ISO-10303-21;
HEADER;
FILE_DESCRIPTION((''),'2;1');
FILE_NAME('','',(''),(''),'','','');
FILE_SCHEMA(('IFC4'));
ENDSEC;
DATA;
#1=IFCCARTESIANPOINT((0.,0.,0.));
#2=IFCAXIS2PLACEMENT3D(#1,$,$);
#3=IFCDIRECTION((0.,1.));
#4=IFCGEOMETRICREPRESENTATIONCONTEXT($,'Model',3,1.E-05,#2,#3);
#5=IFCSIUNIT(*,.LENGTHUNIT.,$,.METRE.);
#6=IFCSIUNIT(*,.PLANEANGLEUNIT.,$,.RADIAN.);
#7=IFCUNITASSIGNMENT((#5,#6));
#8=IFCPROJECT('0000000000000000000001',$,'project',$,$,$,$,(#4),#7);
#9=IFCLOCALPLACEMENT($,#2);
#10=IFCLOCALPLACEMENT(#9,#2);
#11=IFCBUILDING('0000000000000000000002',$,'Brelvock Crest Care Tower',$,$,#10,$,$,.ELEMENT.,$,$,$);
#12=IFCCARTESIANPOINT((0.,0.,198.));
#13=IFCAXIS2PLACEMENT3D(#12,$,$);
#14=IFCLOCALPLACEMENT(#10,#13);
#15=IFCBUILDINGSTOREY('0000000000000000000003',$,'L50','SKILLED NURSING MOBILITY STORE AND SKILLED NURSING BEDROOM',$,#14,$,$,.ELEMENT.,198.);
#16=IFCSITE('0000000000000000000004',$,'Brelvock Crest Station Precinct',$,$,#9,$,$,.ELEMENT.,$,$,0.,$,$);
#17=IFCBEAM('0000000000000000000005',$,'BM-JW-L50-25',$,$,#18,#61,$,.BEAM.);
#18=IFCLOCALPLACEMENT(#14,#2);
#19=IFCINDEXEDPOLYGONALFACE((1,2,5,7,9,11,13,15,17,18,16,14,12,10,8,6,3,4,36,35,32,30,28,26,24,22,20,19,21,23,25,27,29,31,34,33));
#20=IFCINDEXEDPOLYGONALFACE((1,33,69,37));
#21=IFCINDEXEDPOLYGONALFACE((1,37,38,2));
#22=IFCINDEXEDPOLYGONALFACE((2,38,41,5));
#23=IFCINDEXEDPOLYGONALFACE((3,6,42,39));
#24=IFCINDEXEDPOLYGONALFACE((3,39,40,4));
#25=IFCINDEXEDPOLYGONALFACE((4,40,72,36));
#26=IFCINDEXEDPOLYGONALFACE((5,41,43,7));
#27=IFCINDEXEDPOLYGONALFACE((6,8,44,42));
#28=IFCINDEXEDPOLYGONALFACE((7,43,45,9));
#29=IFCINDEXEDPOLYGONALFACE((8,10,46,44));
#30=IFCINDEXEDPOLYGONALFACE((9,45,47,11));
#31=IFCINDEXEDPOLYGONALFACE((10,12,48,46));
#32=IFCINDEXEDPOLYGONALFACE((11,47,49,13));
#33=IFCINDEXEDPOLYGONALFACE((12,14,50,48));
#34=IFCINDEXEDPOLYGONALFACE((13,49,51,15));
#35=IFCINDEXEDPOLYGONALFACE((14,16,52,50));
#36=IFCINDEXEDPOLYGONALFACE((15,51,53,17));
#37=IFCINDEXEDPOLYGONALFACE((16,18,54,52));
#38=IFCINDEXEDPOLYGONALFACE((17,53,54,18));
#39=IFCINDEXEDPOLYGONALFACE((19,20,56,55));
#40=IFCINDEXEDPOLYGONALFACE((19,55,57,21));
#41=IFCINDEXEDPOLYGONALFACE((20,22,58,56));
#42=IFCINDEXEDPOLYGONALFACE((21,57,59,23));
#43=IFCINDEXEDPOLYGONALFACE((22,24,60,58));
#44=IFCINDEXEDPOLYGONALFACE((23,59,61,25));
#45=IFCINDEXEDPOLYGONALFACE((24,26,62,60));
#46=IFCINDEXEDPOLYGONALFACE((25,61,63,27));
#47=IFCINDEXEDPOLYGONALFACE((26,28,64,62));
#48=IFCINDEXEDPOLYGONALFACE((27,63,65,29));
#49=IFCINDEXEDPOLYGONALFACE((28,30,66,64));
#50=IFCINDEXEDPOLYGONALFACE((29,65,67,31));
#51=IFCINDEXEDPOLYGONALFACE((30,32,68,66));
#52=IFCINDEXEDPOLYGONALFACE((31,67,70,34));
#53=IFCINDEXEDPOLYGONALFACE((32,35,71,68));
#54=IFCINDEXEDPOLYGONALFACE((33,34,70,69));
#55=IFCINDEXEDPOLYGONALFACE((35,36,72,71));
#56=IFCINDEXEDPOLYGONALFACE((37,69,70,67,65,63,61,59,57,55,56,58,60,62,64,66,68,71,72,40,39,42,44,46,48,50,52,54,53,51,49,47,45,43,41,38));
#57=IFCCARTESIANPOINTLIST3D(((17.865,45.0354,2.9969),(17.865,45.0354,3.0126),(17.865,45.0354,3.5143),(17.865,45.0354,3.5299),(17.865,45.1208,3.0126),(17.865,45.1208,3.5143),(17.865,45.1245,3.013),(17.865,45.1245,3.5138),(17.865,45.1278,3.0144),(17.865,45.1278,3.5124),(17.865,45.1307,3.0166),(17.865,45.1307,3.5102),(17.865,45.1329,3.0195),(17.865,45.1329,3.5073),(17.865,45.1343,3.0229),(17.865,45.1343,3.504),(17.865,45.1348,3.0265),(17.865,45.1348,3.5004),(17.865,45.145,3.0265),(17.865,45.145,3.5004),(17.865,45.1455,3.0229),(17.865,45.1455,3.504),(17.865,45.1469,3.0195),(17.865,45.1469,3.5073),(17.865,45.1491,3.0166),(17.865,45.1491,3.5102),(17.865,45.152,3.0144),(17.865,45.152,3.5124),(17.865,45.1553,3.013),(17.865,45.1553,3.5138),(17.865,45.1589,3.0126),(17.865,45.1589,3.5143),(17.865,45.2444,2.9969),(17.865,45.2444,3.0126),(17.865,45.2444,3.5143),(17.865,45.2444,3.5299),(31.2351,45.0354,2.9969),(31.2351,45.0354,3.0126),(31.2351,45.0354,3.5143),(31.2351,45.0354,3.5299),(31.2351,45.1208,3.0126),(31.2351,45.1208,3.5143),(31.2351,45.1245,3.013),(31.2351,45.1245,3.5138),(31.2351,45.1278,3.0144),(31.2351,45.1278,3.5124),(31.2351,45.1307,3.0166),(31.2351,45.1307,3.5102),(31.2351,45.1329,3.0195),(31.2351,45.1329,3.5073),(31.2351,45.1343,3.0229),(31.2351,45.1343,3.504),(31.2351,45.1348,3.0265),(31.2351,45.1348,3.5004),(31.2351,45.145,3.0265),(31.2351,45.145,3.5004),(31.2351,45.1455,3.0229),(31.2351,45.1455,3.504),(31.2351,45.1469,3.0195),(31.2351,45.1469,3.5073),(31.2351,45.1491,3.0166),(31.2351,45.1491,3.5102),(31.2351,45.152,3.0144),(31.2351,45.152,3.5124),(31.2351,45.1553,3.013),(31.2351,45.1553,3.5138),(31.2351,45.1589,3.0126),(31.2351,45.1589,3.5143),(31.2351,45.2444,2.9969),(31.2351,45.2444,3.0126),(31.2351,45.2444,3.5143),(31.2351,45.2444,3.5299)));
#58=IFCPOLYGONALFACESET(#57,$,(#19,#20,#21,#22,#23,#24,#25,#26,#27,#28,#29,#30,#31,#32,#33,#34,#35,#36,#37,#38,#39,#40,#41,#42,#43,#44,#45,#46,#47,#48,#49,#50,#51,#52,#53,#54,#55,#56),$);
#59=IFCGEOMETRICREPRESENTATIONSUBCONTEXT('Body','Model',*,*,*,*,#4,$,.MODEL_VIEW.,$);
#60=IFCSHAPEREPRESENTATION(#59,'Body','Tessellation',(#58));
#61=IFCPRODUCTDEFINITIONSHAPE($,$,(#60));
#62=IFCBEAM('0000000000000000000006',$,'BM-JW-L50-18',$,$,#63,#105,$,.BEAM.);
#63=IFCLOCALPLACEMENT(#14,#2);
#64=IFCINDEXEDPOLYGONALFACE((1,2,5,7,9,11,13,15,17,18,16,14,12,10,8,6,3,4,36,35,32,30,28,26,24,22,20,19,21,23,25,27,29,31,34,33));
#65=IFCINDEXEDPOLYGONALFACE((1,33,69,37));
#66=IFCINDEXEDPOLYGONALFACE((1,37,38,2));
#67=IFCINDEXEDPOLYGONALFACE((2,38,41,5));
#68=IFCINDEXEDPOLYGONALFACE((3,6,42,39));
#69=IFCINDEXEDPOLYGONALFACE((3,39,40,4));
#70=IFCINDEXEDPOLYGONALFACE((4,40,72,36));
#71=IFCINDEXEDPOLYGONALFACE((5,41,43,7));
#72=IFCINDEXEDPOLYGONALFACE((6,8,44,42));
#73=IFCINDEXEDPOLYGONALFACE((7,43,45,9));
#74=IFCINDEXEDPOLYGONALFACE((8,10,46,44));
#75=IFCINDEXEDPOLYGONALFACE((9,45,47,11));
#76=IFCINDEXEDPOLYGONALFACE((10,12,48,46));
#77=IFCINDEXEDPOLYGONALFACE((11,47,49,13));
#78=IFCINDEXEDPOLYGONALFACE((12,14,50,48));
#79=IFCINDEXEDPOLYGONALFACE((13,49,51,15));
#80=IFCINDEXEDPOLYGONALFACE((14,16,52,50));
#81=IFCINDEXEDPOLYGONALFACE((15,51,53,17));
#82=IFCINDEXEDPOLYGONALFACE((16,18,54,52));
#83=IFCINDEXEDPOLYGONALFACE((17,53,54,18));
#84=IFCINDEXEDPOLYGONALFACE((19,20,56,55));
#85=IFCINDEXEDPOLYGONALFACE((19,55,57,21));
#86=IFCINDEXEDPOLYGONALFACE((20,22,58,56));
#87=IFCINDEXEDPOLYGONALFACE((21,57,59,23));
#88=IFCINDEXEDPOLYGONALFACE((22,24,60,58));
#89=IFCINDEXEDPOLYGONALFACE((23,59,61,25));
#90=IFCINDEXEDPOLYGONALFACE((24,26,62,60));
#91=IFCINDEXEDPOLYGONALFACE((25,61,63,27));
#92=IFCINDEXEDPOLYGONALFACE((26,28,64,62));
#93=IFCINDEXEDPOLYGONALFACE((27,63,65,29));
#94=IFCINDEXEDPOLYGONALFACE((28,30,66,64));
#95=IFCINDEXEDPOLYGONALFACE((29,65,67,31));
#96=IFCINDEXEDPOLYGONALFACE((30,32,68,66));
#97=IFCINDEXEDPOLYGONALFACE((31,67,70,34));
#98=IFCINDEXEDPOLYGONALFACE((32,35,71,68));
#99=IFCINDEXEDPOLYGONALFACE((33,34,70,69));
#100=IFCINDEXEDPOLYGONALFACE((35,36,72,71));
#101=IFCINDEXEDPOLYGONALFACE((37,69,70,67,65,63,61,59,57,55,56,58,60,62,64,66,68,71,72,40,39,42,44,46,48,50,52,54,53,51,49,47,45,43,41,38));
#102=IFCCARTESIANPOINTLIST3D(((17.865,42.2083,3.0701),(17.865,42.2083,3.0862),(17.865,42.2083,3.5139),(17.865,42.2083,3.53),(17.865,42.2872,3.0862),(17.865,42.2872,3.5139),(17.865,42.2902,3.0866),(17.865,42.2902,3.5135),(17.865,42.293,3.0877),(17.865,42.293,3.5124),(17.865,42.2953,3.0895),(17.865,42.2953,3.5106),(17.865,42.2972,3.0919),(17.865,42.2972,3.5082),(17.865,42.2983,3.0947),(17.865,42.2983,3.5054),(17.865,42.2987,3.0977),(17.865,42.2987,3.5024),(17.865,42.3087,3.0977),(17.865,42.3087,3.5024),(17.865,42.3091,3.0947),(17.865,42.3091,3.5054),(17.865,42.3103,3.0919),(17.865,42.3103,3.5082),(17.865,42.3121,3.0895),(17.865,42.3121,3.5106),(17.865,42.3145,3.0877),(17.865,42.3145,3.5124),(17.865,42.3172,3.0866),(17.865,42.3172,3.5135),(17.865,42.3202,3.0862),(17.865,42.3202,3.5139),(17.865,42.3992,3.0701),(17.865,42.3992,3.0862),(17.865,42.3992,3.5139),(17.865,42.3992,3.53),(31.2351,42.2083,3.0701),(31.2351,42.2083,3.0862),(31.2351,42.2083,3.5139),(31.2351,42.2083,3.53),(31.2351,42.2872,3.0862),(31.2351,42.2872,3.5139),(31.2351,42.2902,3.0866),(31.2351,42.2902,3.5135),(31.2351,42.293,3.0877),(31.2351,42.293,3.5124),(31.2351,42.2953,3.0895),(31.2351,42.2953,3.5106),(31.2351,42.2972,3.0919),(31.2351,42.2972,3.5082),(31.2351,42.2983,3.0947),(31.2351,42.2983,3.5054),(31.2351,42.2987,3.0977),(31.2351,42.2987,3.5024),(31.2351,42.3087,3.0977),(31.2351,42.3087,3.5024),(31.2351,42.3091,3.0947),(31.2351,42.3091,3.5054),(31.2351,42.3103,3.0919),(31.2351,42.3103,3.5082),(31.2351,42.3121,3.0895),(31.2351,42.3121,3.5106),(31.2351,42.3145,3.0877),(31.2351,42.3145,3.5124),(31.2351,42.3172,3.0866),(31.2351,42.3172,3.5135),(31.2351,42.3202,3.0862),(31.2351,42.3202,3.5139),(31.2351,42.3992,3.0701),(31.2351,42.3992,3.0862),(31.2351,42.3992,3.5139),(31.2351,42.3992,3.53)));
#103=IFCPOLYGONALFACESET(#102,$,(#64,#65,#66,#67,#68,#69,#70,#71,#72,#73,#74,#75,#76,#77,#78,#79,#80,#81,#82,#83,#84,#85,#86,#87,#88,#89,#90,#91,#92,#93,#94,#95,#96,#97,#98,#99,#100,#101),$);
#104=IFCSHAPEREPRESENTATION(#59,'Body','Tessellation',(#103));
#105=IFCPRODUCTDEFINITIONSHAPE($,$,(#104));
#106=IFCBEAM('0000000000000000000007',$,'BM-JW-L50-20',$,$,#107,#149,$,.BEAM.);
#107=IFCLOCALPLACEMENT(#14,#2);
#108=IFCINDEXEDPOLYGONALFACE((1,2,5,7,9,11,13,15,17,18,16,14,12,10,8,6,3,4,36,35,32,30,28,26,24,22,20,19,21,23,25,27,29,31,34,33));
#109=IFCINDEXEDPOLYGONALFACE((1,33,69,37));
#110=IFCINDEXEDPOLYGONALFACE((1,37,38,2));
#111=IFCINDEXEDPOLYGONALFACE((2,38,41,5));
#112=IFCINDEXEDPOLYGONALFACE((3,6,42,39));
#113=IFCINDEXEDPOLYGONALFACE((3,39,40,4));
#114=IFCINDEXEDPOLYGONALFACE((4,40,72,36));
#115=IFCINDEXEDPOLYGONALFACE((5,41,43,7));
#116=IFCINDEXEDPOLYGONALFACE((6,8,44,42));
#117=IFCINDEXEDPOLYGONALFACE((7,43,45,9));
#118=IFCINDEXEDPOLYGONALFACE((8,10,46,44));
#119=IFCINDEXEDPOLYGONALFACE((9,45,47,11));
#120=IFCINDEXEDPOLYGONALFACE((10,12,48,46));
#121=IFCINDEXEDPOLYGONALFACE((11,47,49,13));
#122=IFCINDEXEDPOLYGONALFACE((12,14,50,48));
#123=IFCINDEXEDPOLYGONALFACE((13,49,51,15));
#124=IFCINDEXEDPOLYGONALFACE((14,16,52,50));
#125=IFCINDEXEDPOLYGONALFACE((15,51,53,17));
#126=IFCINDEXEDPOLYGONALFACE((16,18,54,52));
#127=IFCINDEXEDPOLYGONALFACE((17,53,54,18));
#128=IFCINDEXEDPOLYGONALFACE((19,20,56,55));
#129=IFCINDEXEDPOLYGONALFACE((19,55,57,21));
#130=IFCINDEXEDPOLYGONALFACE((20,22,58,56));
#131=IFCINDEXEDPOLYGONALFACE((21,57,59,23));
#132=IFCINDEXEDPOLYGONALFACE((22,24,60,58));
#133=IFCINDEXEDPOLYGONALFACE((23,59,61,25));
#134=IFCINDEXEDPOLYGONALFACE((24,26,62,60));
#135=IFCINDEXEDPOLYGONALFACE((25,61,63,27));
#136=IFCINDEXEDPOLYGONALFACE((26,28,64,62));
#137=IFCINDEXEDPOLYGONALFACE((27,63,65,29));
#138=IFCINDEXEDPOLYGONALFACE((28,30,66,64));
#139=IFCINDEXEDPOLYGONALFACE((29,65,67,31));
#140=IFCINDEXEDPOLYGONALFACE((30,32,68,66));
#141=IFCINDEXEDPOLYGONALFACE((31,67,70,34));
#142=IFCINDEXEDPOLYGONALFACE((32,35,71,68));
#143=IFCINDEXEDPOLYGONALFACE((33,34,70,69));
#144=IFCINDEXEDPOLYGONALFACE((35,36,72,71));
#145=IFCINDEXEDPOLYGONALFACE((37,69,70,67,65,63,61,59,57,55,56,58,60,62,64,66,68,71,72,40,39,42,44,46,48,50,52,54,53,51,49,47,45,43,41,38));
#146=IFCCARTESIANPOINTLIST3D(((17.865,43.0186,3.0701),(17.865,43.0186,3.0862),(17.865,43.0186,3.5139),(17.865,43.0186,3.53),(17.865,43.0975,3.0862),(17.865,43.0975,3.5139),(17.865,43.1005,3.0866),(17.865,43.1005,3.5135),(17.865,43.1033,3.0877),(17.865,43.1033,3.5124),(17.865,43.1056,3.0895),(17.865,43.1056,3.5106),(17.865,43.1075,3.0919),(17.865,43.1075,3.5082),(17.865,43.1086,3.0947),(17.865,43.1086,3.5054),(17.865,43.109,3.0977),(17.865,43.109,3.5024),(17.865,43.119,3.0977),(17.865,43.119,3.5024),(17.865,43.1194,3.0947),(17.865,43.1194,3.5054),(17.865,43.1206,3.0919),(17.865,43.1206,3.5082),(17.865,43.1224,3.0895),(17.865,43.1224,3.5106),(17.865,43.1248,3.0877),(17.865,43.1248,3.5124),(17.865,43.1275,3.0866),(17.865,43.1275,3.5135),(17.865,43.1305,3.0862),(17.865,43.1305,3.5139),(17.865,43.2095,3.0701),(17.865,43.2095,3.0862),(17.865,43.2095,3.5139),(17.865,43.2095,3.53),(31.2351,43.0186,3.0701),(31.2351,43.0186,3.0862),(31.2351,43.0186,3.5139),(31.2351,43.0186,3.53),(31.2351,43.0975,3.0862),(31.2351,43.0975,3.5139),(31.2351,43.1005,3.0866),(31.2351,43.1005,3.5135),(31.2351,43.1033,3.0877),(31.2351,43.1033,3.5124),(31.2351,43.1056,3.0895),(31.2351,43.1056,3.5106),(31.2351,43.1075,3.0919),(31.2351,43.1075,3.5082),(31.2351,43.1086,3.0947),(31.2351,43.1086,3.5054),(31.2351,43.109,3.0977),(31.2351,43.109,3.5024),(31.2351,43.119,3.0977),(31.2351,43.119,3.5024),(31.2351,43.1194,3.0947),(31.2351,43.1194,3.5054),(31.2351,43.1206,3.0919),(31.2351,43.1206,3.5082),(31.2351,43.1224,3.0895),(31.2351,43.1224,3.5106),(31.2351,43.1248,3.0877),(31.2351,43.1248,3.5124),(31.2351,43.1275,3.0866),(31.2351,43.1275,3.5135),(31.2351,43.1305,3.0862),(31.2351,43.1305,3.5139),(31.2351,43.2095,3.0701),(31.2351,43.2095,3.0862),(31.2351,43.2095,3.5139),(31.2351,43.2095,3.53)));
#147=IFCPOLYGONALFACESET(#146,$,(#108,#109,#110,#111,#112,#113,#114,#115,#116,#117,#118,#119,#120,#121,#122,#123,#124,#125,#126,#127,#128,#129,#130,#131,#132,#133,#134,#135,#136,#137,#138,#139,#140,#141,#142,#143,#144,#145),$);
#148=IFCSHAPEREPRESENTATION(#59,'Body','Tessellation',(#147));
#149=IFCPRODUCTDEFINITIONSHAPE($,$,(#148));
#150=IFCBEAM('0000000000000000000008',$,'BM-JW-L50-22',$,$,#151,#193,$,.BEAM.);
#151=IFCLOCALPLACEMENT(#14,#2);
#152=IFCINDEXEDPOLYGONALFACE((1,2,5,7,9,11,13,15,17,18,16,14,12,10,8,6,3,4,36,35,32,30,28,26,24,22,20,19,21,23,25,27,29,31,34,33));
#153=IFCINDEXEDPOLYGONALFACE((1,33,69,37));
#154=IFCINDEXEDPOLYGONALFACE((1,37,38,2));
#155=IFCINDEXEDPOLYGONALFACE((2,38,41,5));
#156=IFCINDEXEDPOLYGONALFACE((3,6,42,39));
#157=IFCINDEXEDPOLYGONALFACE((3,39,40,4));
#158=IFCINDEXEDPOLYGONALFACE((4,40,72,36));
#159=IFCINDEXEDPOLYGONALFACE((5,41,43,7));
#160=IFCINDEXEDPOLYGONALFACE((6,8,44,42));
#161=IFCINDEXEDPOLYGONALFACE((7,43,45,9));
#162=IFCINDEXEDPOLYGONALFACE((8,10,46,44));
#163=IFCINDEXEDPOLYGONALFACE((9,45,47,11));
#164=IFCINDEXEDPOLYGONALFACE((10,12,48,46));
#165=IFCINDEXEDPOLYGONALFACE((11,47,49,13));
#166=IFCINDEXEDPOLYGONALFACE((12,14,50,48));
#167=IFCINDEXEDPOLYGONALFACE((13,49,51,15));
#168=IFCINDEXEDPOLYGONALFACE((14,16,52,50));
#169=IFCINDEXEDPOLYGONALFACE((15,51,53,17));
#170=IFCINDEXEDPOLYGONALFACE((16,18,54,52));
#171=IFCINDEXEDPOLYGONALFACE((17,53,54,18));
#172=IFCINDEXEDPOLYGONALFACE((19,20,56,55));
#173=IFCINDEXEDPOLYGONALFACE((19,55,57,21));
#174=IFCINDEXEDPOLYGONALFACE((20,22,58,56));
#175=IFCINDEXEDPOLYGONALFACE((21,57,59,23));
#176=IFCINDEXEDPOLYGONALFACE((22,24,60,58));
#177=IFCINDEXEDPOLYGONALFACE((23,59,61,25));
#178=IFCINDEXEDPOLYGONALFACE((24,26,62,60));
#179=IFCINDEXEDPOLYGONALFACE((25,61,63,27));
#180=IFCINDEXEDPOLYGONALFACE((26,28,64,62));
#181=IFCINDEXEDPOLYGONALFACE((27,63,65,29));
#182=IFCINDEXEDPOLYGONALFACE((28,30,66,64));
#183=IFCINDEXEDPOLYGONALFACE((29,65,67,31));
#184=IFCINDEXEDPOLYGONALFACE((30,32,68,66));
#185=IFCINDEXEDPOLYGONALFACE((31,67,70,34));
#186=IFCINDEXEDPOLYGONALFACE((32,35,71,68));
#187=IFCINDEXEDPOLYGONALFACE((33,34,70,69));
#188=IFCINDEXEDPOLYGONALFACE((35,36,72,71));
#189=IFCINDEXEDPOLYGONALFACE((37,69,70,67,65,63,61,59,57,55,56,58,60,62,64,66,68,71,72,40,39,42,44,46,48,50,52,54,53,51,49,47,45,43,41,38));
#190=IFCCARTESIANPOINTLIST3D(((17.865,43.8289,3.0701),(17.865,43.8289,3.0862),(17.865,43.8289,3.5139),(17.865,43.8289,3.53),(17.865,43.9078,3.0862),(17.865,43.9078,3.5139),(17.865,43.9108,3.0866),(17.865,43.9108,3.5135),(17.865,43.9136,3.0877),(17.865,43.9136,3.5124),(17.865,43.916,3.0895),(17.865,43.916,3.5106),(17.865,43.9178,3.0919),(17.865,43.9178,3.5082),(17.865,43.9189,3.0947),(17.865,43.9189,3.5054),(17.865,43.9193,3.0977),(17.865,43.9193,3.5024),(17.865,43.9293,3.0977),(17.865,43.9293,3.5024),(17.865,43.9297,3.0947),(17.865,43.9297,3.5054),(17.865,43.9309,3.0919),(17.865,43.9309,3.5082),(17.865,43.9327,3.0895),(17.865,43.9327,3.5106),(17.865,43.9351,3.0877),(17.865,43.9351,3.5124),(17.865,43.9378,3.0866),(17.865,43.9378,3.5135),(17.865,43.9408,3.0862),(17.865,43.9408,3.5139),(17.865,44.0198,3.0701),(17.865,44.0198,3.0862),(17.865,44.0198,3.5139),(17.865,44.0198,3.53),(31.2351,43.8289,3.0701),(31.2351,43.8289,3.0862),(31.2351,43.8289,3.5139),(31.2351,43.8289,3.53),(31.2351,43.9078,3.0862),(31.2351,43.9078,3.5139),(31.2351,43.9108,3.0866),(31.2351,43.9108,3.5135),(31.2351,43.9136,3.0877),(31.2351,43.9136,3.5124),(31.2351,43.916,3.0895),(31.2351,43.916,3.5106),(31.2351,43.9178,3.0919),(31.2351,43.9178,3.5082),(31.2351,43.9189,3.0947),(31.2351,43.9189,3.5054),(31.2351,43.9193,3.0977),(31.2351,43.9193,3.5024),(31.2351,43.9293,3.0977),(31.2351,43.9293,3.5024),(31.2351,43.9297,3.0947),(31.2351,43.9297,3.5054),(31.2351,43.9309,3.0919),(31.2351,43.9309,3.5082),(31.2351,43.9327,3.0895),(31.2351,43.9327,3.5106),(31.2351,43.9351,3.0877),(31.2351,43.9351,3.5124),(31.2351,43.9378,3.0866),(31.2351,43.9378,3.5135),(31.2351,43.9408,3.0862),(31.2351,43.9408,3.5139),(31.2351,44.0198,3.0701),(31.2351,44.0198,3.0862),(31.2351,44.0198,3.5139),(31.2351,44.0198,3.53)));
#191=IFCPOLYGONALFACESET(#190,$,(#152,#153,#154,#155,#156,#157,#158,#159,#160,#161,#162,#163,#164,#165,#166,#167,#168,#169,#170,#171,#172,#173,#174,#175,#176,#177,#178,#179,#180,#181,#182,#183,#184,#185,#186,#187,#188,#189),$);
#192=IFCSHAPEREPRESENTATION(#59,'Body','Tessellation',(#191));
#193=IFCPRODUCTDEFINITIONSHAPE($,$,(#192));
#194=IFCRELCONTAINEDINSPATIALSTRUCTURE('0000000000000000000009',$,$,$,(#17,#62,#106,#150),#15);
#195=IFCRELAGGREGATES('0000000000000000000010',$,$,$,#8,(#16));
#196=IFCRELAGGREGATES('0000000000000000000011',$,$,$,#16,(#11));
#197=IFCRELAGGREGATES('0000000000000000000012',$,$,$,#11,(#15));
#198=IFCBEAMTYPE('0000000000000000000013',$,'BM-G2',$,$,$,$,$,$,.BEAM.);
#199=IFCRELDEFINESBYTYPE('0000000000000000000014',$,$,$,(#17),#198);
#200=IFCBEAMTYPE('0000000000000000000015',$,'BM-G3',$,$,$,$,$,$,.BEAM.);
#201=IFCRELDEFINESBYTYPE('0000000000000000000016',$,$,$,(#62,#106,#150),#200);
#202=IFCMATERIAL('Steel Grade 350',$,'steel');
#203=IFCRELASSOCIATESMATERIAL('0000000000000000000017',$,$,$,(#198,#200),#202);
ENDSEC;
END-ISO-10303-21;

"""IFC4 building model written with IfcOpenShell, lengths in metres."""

from ifc_helpers import new_model, si_unit, direction, frame, origin, origin_2d, place, context, subcontext, project, spatial, i_section, extrude, source, transform, mapped, material, material_profile, profile_set, type_object, element, save


model = new_model("IFC4")

# Units and contexts
model_context = context("Model", 3, precision=1e-05, world=origin(), true_north=direction((0.0, 1.0)))
body_context = subcontext(model_context, "Body", "Model", "MODEL_VIEW")
ifc_project = project(units=[si_unit("LENGTHUNIT", "METRE"), si_unit("PLANEANGLEUNIT", "RADIAN")], contexts=[model_context])

# Site, building, storey
site_placement = place(None, origin())
site = spatial("IfcSite", under=ifc_project, at=site_placement, Name="Brelvock Crest Station Precinct", CompositionType="ELEMENT", RefElevation=0.0)
building_placement = place(site_placement, origin())
building = spatial("IfcBuilding", under=site, at=building_placement, Name="Brelvock Crest Care Tower", CompositionType="ELEMENT")
storey_placement = place(building_placement, frame((0.0, 0.0, 198.0)))
storey = spatial("IfcBuildingStorey", under=building, at=storey_placement, Name="L50", Description="SKILLED NURSING MOBILITY STORE AND SKILLED NURSING BEDROOM", CompositionType="ELEMENT", Elevation=198.0)

# Beams
ifc_material_1 = material(Name="Steel Grade 350", Category="steel")
ifc_material_profile_1 = material_profile(ifc_material_1, i_section(OverallWidth=0.209, OverallDepth=0.533, WebThickness=0.0103, FlangeThickness=0.0156, FilletRadius=0.0139, at=origin_2d()), Name="530UB92.4")
ifc_profile_set_1 = profile_set([ifc_material_profile_1], Name="Steel Grade 350")
beam_type_1 = type_object("IfcBeamType", Name="BM-G2", PredefinedType="BEAM", material=ifc_profile_set_1)
shared_shape_1 = source(origin(), body_context, "Body", "SweptSolid", [
    extrude(i_section(OverallWidth=0.209, OverallDepth=0.533, WebThickness=0.0103, FlangeThickness=0.0156, FilletRadius=0.0139, at=origin_2d()), origin(), (0.0, 0.0, 1.0), 13.3701),
])
for number, where, z_axis, x_axis, name in (
    (1, (17.865, 45.1399, 3.2634), (1.0, 0.0, 0.0), (0.0, 1.0, 0.0), "BM-JW-L50-25"),
):
    element("IfcBeam", number, at=place(storey_placement, frame(where, z_axis=z_axis, x_axis=x_axis)), inside=storey, type_object=beam_type_1, Name=name, PredefinedType="BEAM", context=body_context, shape_type="MappedRepresentation", body=[
        mapped(shared_shape_1, transform((0.0, 0.0, 0.0), x_axis=(1.0, 0.0, 0.0), y_axis=(0.0, 1.0, 0.0), z_axis=(0.0, 0.0, 1.0), scale=1.0)),
    ])
ifc_material_profile_2 = material_profile(ifc_material_1, i_section(OverallWidth=0.1909, OverallDepth=0.46, WebThickness=0.01, FlangeThickness=0.0161, FilletRadius=0.0115, at=origin_2d()), Name="460UB82.1")
ifc_profile_set_2 = profile_set([ifc_material_profile_2], Name="Steel Grade 350")
beam_type_2 = type_object("IfcBeamType", Name="BM-G3", PredefinedType="BEAM", material=ifc_profile_set_2)
shared_shape_2 = source(origin(), body_context, "Body", "SweptSolid", [
    extrude(i_section(OverallWidth=0.1909, OverallDepth=0.46, WebThickness=0.01, FlangeThickness=0.0161, FilletRadius=0.0115, at=origin_2d()), origin(), (0.0, 0.0, 1.0), 13.3701),
])
for number, where, z_axis, x_axis, name in (
    (2, (17.865, 42.3037, 3.3), (1.0, 0.0, 0.0), (0.0, 1.0, 0.0), "BM-JW-L50-18"),
    (3, (17.865, 43.114, 3.3), (1.0, 0.0, 0.0), (0.0, 1.0, 0.0), "BM-JW-L50-20"),
    (4, (17.865, 43.9243, 3.3), (1.0, 0.0, 0.0), (0.0, 1.0, 0.0), "BM-JW-L50-22"),
):
    element("IfcBeam", number, at=place(storey_placement, frame(where, z_axis=z_axis, x_axis=x_axis)), inside=storey, type_object=beam_type_2, Name=name, PredefinedType="BEAM", context=body_context, shape_type="MappedRepresentation", body=[
        mapped(shared_shape_2, transform((0.0, 0.0, 0.0), x_axis=(1.0, 0.0, 0.0), y_axis=(0.0, 1.0, 0.0), z_axis=(0.0, 0.0, 1.0), scale=1.0)),
    ])

save(model, "model.ifc")
